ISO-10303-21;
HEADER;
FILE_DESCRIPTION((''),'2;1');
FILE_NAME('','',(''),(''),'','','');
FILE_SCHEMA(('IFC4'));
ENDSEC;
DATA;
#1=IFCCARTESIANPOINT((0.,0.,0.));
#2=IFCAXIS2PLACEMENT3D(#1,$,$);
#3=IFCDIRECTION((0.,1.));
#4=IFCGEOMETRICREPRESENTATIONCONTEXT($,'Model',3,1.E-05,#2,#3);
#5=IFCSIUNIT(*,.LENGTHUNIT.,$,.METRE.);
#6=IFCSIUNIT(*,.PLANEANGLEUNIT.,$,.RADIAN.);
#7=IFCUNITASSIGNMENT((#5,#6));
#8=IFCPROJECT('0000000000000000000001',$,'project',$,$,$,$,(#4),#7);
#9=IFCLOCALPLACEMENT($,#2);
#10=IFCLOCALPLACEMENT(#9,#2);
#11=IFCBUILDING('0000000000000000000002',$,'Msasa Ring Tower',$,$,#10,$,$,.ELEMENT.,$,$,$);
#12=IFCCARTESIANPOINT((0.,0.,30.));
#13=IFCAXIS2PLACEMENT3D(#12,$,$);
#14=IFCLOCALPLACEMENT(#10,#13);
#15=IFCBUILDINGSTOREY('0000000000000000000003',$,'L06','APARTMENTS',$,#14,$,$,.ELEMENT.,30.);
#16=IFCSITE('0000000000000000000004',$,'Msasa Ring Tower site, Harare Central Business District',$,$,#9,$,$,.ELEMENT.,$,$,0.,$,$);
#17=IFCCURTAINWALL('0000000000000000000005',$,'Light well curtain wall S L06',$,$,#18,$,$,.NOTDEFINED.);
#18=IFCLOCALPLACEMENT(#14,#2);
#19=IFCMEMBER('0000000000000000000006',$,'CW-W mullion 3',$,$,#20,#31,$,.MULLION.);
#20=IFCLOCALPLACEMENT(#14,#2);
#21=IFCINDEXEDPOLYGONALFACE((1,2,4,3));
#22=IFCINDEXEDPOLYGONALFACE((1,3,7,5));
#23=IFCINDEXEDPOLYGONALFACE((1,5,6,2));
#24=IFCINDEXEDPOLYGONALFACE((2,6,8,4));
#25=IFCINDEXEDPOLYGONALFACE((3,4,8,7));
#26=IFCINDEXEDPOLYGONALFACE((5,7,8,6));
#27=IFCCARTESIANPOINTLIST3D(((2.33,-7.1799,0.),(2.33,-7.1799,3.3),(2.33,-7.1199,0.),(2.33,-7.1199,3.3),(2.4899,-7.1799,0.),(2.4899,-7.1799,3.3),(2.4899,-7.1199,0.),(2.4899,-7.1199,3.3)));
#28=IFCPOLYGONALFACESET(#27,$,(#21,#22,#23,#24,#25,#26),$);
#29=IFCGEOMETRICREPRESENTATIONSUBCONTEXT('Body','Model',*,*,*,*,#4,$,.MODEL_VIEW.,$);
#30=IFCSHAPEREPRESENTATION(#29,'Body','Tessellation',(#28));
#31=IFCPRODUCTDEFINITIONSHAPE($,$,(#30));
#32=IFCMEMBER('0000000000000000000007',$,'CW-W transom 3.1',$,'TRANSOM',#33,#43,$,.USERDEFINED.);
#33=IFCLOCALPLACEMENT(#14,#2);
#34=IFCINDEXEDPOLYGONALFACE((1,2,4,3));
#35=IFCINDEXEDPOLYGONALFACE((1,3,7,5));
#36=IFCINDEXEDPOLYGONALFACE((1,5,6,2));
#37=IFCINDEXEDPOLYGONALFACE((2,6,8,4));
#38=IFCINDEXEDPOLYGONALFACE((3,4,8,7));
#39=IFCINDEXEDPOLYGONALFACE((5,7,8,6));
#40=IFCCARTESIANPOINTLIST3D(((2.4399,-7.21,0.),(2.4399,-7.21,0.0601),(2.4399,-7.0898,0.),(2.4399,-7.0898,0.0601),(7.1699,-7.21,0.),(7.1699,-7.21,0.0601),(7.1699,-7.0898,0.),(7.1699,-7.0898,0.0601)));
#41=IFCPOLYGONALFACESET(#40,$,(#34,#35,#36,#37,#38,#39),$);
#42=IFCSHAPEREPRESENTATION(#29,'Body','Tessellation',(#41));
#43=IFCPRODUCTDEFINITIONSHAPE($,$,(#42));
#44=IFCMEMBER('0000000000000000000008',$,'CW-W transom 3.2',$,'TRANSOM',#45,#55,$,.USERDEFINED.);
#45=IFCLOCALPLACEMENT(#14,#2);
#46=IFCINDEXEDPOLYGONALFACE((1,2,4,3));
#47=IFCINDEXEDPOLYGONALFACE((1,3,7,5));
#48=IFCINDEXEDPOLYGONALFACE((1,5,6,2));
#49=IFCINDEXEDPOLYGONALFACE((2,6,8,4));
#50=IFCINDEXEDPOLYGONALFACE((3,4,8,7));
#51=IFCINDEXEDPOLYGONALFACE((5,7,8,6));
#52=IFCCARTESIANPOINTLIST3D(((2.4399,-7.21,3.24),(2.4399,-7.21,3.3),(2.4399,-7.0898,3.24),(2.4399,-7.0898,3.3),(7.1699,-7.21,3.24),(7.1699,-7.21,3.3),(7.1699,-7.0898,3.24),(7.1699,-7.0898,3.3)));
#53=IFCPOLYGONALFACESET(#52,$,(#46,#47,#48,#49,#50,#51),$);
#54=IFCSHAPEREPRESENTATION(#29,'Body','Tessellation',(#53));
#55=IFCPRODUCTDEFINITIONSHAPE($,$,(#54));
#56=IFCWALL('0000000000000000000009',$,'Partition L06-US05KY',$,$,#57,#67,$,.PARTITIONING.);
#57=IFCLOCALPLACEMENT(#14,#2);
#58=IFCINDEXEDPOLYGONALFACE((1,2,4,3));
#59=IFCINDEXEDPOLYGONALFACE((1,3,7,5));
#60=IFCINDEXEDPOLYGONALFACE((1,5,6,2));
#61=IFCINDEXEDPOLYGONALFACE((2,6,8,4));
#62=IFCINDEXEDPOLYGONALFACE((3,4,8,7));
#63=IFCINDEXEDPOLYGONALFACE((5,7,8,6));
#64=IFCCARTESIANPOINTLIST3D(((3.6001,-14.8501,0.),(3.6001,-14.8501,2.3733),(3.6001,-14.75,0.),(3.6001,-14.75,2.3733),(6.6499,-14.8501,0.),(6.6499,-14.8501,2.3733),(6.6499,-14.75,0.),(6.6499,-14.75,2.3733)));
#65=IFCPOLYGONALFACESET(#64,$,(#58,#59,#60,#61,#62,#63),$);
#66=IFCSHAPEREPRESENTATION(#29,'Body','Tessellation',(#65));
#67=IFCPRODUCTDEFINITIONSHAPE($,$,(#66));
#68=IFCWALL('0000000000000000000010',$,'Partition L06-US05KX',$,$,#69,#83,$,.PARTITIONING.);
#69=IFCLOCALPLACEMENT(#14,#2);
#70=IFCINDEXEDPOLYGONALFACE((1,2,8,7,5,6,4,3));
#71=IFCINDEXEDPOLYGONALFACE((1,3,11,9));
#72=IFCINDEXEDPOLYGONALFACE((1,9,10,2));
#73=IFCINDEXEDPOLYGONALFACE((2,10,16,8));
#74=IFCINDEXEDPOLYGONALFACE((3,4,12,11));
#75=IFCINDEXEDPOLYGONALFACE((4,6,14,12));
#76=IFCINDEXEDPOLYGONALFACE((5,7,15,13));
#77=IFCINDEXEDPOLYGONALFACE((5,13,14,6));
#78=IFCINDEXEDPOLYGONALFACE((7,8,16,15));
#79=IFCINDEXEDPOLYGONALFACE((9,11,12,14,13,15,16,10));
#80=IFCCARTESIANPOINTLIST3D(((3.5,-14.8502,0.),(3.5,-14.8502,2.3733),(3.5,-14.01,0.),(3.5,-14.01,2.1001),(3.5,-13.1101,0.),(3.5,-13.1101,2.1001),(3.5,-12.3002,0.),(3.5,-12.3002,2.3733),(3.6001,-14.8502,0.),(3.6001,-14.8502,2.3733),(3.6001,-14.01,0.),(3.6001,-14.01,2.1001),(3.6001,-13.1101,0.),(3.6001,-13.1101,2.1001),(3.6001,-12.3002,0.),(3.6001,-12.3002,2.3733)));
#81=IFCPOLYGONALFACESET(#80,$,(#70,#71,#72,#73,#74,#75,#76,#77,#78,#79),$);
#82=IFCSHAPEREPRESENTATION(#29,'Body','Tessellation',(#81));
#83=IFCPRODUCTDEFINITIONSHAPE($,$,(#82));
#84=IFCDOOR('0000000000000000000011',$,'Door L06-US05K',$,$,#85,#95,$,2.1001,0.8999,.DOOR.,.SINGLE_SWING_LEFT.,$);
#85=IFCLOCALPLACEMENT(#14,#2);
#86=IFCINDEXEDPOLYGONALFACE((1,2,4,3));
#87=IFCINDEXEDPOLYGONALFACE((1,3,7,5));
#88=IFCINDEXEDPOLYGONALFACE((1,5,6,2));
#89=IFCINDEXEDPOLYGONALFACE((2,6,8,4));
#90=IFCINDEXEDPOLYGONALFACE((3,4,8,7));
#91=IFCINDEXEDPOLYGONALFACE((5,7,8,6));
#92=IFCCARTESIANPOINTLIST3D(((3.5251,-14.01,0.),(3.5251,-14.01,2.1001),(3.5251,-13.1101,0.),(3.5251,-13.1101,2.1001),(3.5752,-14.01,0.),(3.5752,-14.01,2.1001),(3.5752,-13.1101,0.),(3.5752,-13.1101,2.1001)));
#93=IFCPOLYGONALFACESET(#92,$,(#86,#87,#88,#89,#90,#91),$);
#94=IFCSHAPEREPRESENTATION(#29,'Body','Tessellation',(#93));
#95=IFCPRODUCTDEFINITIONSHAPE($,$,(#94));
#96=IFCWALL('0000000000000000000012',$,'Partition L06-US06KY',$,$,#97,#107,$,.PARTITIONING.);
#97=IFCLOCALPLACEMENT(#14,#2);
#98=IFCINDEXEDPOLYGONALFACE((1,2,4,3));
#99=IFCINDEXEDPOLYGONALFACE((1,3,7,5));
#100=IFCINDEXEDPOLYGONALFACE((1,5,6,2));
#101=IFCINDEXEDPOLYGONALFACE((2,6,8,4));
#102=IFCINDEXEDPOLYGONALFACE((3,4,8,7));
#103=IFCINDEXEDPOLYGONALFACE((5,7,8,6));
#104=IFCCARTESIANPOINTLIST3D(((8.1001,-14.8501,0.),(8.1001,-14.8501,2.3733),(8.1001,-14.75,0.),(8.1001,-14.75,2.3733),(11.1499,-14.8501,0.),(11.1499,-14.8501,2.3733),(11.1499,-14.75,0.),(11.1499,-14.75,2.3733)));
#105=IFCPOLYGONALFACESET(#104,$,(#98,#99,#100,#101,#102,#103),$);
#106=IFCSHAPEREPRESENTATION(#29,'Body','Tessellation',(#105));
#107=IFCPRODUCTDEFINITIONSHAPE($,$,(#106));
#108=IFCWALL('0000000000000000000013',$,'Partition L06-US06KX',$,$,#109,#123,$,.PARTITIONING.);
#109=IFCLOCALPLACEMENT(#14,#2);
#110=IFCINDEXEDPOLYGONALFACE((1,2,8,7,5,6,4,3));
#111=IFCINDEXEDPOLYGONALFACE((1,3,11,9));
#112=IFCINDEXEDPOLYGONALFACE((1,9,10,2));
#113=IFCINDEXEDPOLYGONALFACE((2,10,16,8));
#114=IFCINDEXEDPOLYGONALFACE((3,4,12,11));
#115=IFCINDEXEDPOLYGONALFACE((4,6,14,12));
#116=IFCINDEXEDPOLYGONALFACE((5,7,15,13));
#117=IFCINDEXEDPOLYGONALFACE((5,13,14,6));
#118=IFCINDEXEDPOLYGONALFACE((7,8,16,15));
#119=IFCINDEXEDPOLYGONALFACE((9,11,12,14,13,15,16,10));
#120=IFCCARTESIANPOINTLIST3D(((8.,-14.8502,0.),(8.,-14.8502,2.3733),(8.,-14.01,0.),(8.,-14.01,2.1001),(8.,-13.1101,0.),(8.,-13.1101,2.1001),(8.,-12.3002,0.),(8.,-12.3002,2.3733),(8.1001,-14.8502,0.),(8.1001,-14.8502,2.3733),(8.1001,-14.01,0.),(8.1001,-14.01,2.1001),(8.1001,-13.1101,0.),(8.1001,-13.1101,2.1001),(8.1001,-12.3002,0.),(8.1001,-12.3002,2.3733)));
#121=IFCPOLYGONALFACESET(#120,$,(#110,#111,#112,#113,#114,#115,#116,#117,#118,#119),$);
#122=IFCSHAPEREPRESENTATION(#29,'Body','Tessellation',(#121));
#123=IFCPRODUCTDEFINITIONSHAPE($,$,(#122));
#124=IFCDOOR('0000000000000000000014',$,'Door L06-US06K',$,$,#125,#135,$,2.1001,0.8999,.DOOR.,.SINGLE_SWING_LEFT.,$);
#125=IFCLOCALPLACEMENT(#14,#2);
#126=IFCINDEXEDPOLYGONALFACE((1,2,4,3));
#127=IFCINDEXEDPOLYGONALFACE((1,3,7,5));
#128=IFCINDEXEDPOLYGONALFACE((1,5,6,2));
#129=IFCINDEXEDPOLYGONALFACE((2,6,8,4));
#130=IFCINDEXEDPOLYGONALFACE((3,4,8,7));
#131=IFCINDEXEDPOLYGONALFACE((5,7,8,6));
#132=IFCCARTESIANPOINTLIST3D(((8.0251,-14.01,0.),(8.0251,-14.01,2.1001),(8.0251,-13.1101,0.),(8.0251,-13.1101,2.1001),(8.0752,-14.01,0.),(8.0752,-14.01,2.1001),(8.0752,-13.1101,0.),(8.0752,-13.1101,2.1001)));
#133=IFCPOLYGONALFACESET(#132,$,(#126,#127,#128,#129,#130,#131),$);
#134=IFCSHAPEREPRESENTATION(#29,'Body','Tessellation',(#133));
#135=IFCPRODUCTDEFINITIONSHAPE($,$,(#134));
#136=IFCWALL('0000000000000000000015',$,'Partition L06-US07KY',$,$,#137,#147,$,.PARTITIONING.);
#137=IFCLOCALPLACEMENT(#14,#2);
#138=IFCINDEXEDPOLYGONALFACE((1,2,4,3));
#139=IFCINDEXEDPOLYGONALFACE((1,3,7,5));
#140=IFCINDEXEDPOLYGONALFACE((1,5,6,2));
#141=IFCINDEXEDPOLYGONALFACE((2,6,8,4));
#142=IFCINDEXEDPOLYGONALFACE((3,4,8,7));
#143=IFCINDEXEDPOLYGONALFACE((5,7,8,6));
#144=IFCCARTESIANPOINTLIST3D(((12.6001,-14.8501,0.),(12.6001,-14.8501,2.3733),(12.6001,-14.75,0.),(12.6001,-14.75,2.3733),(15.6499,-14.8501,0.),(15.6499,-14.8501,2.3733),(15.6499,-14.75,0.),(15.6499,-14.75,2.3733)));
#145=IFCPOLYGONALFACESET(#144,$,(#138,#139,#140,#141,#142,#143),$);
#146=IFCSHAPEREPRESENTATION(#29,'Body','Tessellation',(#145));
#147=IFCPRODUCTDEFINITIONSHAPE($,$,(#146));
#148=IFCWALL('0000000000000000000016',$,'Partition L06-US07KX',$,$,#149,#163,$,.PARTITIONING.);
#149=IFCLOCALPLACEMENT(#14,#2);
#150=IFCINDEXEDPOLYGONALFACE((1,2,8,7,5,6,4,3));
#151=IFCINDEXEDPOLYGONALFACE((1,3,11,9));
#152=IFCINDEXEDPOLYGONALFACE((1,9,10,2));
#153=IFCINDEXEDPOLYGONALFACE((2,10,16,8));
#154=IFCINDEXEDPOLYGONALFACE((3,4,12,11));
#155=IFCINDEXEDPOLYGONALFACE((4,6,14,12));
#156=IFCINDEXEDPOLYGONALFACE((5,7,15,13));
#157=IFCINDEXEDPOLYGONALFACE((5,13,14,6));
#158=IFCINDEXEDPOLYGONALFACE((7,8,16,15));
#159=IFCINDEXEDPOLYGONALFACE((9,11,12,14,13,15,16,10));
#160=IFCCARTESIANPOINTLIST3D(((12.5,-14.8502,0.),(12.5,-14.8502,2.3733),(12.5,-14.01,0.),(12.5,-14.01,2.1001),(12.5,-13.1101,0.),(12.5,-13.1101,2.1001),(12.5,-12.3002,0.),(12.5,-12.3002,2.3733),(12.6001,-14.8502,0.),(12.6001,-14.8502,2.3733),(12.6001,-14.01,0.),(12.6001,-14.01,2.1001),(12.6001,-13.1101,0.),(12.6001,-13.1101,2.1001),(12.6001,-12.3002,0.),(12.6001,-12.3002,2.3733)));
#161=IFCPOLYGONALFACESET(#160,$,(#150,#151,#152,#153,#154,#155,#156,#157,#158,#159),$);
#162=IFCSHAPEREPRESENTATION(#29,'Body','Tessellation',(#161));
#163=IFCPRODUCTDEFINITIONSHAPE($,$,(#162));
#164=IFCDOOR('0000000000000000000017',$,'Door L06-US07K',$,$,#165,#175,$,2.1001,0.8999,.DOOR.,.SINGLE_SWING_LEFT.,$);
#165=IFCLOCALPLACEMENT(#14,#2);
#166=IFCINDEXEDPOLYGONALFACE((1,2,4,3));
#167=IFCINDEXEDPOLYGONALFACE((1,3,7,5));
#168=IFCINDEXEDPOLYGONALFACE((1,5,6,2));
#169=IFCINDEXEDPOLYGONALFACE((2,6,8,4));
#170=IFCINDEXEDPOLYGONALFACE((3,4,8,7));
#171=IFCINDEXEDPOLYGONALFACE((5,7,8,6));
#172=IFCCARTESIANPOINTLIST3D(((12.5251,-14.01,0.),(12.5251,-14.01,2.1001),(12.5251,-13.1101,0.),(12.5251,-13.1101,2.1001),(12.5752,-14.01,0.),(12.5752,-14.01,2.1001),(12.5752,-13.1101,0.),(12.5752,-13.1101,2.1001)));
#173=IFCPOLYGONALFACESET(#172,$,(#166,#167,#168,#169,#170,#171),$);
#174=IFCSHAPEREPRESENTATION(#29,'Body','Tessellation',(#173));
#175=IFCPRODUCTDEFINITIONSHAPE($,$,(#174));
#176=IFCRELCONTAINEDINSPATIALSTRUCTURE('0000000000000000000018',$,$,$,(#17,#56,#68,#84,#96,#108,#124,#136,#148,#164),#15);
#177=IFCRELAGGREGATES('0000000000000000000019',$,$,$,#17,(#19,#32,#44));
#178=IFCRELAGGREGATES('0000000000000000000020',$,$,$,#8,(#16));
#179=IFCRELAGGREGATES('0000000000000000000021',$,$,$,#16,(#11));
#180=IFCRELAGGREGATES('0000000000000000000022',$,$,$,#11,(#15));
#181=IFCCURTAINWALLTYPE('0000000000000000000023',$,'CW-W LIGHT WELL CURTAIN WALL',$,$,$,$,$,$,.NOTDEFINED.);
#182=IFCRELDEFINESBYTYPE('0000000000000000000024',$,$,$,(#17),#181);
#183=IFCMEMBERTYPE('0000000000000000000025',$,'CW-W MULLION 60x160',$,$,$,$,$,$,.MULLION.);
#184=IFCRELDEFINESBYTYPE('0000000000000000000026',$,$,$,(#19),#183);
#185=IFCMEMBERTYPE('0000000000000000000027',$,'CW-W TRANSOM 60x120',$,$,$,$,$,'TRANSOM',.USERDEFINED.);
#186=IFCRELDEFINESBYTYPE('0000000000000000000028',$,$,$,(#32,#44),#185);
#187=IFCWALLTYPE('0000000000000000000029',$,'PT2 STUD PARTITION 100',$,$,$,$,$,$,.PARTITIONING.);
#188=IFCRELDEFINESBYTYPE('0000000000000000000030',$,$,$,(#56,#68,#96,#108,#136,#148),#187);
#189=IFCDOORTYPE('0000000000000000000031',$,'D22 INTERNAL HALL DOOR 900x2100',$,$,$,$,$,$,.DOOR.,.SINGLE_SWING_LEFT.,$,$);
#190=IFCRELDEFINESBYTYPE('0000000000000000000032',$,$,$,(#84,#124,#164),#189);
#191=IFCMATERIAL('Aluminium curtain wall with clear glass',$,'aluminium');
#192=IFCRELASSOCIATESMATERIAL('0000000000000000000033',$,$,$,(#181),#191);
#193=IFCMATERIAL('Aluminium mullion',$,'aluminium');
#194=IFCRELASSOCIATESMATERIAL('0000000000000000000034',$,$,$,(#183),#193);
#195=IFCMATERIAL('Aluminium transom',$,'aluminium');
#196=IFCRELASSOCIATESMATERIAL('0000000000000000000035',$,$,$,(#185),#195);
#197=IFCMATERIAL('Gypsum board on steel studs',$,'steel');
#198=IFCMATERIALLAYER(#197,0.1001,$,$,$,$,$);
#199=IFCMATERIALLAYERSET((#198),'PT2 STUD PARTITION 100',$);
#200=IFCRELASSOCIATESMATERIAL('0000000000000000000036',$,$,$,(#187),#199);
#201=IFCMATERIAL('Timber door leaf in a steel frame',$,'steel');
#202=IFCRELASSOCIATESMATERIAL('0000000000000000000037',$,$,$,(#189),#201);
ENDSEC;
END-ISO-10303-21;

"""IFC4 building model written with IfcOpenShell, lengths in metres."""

from ifc_helpers import new_model, si_unit, direction, frame, frame_2d, origin, origin_2d, place, context, subcontext, project, spatial, rectangle, extrude, material, layer, layer_set, material_profile, profile_set, type_object, element, fill, aggregate, save


model = new_model("IFC4")

# Units and contexts
model_context = context("Model", 3, precision=1e-05, world=origin(), true_north=direction((0.0, 1.0)))
body_context = subcontext(model_context, "Body", "Model", "MODEL_VIEW")
ifc_project = project(units=[si_unit("LENGTHUNIT", "METRE"), si_unit("PLANEANGLEUNIT", "RADIAN")], contexts=[model_context])

# Site, building, storey
site_placement = place(None, origin())
site = spatial("IfcSite", under=ifc_project, at=site_placement, Name="Msasa Ring Tower site, Harare Central Business District", CompositionType="ELEMENT", RefElevation=0.0)
building_placement = place(site_placement, origin())
building = spatial("IfcBuilding", under=site, at=building_placement, Name="Msasa Ring Tower", CompositionType="ELEMENT")
storey_placement = place(building_placement, frame((0.0, 0.0, 30.0)))
storey = spatial("IfcBuildingStorey", under=building, at=storey_placement, Name="L06", Description="APARTMENTS", CompositionType="ELEMENT", Elevation=30.0)

# Curtain wall, members
ifc_material_1 = material(Name="Aluminium curtain wall with clear glass", Category="aluminium")
curtain_wall_type = type_object("IfcCurtainWallType", Name="CW-W LIGHT WELL CURTAIN WALL", PredefinedType="NOTDEFINED", material=ifc_material_1)
curtain_wall_placement = place(storey_placement, origin())
curtain_wall = element("IfcCurtainWall", 1, at=curtain_wall_placement, inside=storey, type_object=curtain_wall_type, Name="Light well curtain wall S L06", PredefinedType="NOTDEFINED")
ifc_material_2 = material(Name="Aluminium mullion", Category="aluminium")
ifc_material_profile_1 = material_profile(ifc_material_2, rectangle(XDim=0.0601, YDim=0.1599, at=origin_2d()), Name="AL 60x160")
ifc_profile_set_1 = profile_set([ifc_material_profile_1], Name="Aluminium mullion")
member_type_1 = type_object("IfcMemberType", Name="CW-W MULLION 60x160", PredefinedType="MULLION", material=ifc_profile_set_1)
member_1_placement = place(storey_placement, frame((2.4099, -7.1499, 0.0), z_axis=(0.0, 0.0, 1.0), x_axis=(0.0, 1.0, 0.0)))
member_1 = element("IfcMember", 2, at=member_1_placement, type_object=member_type_1, Name="CW-W mullion 3", PredefinedType="MULLION", context=body_context, shape_type="SweptSolid", body=[
    extrude(rectangle(XDim=0.0601, YDim=0.1599, at=origin_2d()), origin(), (0.0, 0.0, 1.0), 3.3),
])
ifc_material_3 = material(Name="Aluminium transom", Category="aluminium")
ifc_material_profile_2 = material_profile(ifc_material_3, rectangle(XDim=0.1201, YDim=0.0601, at=origin_2d()), Name="AL 60x120")
ifc_profile_set_2 = profile_set([ifc_material_profile_2], Name="Aluminium transom")
member_type_2 = type_object("IfcMemberType", Name="CW-W TRANSOM 60x120", ElementType="TRANSOM", PredefinedType="USERDEFINED", material=ifc_profile_set_2)
member_2_placement = place(storey_placement, frame((2.4399, -7.1499, 0.03), z_axis=(1.0, 0.0, 0.0), x_axis=(0.0, 1.0, 0.0)))
member_2 = element("IfcMember", 3, at=member_2_placement, type_object=member_type_2, Name="CW-W transom 3.1", ObjectType="TRANSOM", PredefinedType="USERDEFINED", context=body_context, shape_type="SweptSolid", body=[
    extrude(rectangle(XDim=0.1201, YDim=0.0601, at=origin_2d()), origin(), (0.0, 0.0, 1.0), 4.73),
])
member_3_placement = place(storey_placement, frame((2.4399, -7.1499, 3.27), z_axis=(1.0, 0.0, 0.0), x_axis=(0.0, 1.0, 0.0)))
member_3 = element("IfcMember", 4, at=member_3_placement, type_object=member_type_2, Name="CW-W transom 3.2", ObjectType="TRANSOM", PredefinedType="USERDEFINED", context=body_context, shape_type="SweptSolid", body=[
    extrude(rectangle(XDim=0.1201, YDim=0.0601, at=origin_2d()), origin(), (0.0, 0.0, 1.0), 4.73),
])
aggregate(curtain_wall, [member_1, member_2, member_3])

# Wall
ifc_material_4 = material(Name="Gypsum board on steel studs", Category="steel")
ifc_layer_1 = layer(ifc_material_4, 0.1001)
ifc_layer_set_1 = layer_set([ifc_layer_1], Name="PT2 STUD PARTITION 100")
wall_type_1 = type_object("IfcWallType", Name="PT2 STUD PARTITION 100", PredefinedType="PARTITIONING", material=ifc_layer_set_1)
wall_1_placement = place(storey_placement, frame((3.6001, -14.8, 0.0), z_axis=(0.0, 0.0, 1.0), x_axis=(1.0, 0.0, 0.0)))
element("IfcWall", 5, at=wall_1_placement, inside=storey, type_object=wall_type_1, Name="Partition L06-US05KY", PredefinedType="PARTITIONING", context=body_context, shape_type="SweptSolid", body=[
    extrude(rectangle(XDim=3.0498, YDim=0.1001, at=frame_2d((1.5249, 0.0))), origin(), (0.0, 0.0, 1.0), 2.3733),
])

# Wall, opening, door
wall_2_placement = place(storey_placement, frame((3.55, -14.8501, 0.0), z_axis=(0.0, 0.0, 1.0), x_axis=(0.0, 1.0, 0.0)))
wall_2 = element("IfcWall", 6, at=wall_2_placement, inside=storey, type_object=wall_type_1, Name="Partition L06-US05KX", PredefinedType="PARTITIONING", context=body_context, shape_type="SweptSolid", body=[
    extrude(rectangle(XDim=2.55, YDim=0.1001, at=frame_2d((1.2749, 0.0))), origin(), (0.0, 0.0, 1.0), 2.3733),
])
opening_1_placement = place(wall_2_placement, frame((0.8401, 0.0, 0.0)))
opening_1 = element("IfcOpeningElement", 7, at=opening_1_placement, cuts=wall_2, PredefinedType="OPENING", context=body_context, shape_type="SweptSolid", body=[
    extrude(rectangle(XDim=0.8999, YDim=2.1001, at=frame_2d((0.45, 1.05))), frame((0.0, 0.0601, 0.0), z_axis=(0.0, -1.0, 0.0), x_axis=(1.0, 0.0, 0.0)), (0.0, 0.0, 1.0), 0.1201),
])
ifc_material_5 = material(Name="Timber door leaf in a steel frame", Category="steel")
door_type_1 = type_object("IfcDoorType", Name="D22 INTERNAL HALL DOOR 900x2100", OperationType="SINGLE_SWING_LEFT", PredefinedType="DOOR", material=ifc_material_5)
door_1_placement = place(opening_1_placement, origin())
door_1 = element("IfcDoor", 8, at=door_1_placement, inside=storey, type_object=door_type_1, Name="Door L06-US05K", OperationType="SINGLE_SWING_LEFT", OverallHeight=2.1001, OverallWidth=0.8999, PredefinedType="DOOR", context=body_context, shape_type="SweptSolid", body=[
    extrude(rectangle(XDim=0.8999, YDim=2.1001, at=frame_2d((0.45, 1.05))), frame((0.0, 0.0249, 0.0), z_axis=(0.0, -1.0, 0.0), x_axis=(1.0, 0.0, 0.0)), (0.0, 0.0, 1.0), 0.05),
])
fill(opening_1, door_1)

# Wall
wall_3_placement = place(storey_placement, frame((8.1001, -14.8, 0.0), z_axis=(0.0, 0.0, 1.0), x_axis=(1.0, 0.0, 0.0)))
element("IfcWall", 9, at=wall_3_placement, inside=storey, type_object=wall_type_1, Name="Partition L06-US06KY", PredefinedType="PARTITIONING", context=body_context, shape_type="SweptSolid", body=[
    extrude(rectangle(XDim=3.0498, YDim=0.1001, at=frame_2d((1.5249, 0.0))), origin(), (0.0, 0.0, 1.0), 2.3733),
])

# Wall, opening, door
wall_4_placement = place(storey_placement, frame((8.05, -14.8501, 0.0), z_axis=(0.0, 0.0, 1.0), x_axis=(0.0, 1.0, 0.0)))
wall_4 = element("IfcWall", 10, at=wall_4_placement, inside=storey, type_object=wall_type_1, Name="Partition L06-US06KX", PredefinedType="PARTITIONING", context=body_context, shape_type="SweptSolid", body=[
    extrude(rectangle(XDim=2.55, YDim=0.1001, at=frame_2d((1.2749, 0.0))), origin(), (0.0, 0.0, 1.0), 2.3733),
])
opening_2_placement = place(wall_4_placement, frame((0.8401, 0.0, 0.0)))
opening_2 = element("IfcOpeningElement", 11, at=opening_2_placement, cuts=wall_4, PredefinedType="OPENING", context=body_context, shape_type="SweptSolid", body=[
    extrude(rectangle(XDim=0.8999, YDim=2.1001, at=frame_2d((0.45, 1.05))), frame((0.0, 0.0601, 0.0), z_axis=(0.0, -1.0, 0.0), x_axis=(1.0, 0.0, 0.0)), (0.0, 0.0, 1.0), 0.1201),
])
door_2_placement = place(opening_2_placement, origin())
door_2 = element("IfcDoor", 12, at=door_2_placement, inside=storey, type_object=door_type_1, Name="Door L06-US06K", OperationType="SINGLE_SWING_LEFT", OverallHeight=2.1001, OverallWidth=0.8999, PredefinedType="DOOR", context=body_context, shape_type="SweptSolid", body=[
    extrude(rectangle(XDim=0.8999, YDim=2.1001, at=frame_2d((0.45, 1.05))), frame((0.0, 0.0249, 0.0), z_axis=(0.0, -1.0, 0.0), x_axis=(1.0, 0.0, 0.0)), (0.0, 0.0, 1.0), 0.05),
])
fill(opening_2, door_2)

# Wall
wall_5_placement = place(storey_placement, frame((12.6001, -14.8, 0.0), z_axis=(0.0, 0.0, 1.0), x_axis=(1.0, 0.0, 0.0)))
element("IfcWall", 13, at=wall_5_placement, inside=storey, type_object=wall_type_1, Name="Partition L06-US07KY", PredefinedType="PARTITIONING", context=body_context, shape_type="SweptSolid", body=[
    extrude(rectangle(XDim=3.0498, YDim=0.1001, at=frame_2d((1.5249, 0.0))), origin(), (0.0, 0.0, 1.0), 2.3733),
])

# Wall, opening, door
wall_6_placement = place(storey_placement, frame((12.55, -14.8501, 0.0), z_axis=(0.0, 0.0, 1.0), x_axis=(0.0, 1.0, 0.0)))
wall_6 = element("IfcWall", 14, at=wall_6_placement, inside=storey, type_object=wall_type_1, Name="Partition L06-US07KX", PredefinedType="PARTITIONING", context=body_context, shape_type="SweptSolid", body=[
    extrude(rectangle(XDim=2.55, YDim=0.1001, at=frame_2d((1.2749, 0.0))), origin(), (0.0, 0.0, 1.0), 2.3733),
])
opening_3_placement = place(wall_6_placement, frame((0.8401, 0.0, 0.0)))
opening_3 = element("IfcOpeningElement", 15, at=opening_3_placement, cuts=wall_6, PredefinedType="OPENING", context=body_context, shape_type="SweptSolid", body=[
    extrude(rectangle(XDim=0.8999, YDim=2.1001, at=frame_2d((0.45, 1.05))), frame((0.0, 0.0601, 0.0), z_axis=(0.0, -1.0, 0.0), x_axis=(1.0, 0.0, 0.0)), (0.0, 0.0, 1.0), 0.1201),
])
door_3_placement = place(opening_3_placement, origin())
door_3 = element("IfcDoor", 16, at=door_3_placement, inside=storey, type_object=door_type_1, Name="Door L06-US07K", OperationType="SINGLE_SWING_LEFT", OverallHeight=2.1001, OverallWidth=0.8999, PredefinedType="DOOR", context=body_context, shape_type="SweptSolid", body=[
    extrude(rectangle(XDim=0.8999, YDim=2.1001, at=frame_2d((0.45, 1.05))), frame((0.0, 0.0249, 0.0), z_axis=(0.0, -1.0, 0.0), x_axis=(1.0, 0.0, 0.0)), (0.0, 0.0, 1.0), 0.05),
])
fill(opening_3, door_3)

save(model, "model.ifc")
